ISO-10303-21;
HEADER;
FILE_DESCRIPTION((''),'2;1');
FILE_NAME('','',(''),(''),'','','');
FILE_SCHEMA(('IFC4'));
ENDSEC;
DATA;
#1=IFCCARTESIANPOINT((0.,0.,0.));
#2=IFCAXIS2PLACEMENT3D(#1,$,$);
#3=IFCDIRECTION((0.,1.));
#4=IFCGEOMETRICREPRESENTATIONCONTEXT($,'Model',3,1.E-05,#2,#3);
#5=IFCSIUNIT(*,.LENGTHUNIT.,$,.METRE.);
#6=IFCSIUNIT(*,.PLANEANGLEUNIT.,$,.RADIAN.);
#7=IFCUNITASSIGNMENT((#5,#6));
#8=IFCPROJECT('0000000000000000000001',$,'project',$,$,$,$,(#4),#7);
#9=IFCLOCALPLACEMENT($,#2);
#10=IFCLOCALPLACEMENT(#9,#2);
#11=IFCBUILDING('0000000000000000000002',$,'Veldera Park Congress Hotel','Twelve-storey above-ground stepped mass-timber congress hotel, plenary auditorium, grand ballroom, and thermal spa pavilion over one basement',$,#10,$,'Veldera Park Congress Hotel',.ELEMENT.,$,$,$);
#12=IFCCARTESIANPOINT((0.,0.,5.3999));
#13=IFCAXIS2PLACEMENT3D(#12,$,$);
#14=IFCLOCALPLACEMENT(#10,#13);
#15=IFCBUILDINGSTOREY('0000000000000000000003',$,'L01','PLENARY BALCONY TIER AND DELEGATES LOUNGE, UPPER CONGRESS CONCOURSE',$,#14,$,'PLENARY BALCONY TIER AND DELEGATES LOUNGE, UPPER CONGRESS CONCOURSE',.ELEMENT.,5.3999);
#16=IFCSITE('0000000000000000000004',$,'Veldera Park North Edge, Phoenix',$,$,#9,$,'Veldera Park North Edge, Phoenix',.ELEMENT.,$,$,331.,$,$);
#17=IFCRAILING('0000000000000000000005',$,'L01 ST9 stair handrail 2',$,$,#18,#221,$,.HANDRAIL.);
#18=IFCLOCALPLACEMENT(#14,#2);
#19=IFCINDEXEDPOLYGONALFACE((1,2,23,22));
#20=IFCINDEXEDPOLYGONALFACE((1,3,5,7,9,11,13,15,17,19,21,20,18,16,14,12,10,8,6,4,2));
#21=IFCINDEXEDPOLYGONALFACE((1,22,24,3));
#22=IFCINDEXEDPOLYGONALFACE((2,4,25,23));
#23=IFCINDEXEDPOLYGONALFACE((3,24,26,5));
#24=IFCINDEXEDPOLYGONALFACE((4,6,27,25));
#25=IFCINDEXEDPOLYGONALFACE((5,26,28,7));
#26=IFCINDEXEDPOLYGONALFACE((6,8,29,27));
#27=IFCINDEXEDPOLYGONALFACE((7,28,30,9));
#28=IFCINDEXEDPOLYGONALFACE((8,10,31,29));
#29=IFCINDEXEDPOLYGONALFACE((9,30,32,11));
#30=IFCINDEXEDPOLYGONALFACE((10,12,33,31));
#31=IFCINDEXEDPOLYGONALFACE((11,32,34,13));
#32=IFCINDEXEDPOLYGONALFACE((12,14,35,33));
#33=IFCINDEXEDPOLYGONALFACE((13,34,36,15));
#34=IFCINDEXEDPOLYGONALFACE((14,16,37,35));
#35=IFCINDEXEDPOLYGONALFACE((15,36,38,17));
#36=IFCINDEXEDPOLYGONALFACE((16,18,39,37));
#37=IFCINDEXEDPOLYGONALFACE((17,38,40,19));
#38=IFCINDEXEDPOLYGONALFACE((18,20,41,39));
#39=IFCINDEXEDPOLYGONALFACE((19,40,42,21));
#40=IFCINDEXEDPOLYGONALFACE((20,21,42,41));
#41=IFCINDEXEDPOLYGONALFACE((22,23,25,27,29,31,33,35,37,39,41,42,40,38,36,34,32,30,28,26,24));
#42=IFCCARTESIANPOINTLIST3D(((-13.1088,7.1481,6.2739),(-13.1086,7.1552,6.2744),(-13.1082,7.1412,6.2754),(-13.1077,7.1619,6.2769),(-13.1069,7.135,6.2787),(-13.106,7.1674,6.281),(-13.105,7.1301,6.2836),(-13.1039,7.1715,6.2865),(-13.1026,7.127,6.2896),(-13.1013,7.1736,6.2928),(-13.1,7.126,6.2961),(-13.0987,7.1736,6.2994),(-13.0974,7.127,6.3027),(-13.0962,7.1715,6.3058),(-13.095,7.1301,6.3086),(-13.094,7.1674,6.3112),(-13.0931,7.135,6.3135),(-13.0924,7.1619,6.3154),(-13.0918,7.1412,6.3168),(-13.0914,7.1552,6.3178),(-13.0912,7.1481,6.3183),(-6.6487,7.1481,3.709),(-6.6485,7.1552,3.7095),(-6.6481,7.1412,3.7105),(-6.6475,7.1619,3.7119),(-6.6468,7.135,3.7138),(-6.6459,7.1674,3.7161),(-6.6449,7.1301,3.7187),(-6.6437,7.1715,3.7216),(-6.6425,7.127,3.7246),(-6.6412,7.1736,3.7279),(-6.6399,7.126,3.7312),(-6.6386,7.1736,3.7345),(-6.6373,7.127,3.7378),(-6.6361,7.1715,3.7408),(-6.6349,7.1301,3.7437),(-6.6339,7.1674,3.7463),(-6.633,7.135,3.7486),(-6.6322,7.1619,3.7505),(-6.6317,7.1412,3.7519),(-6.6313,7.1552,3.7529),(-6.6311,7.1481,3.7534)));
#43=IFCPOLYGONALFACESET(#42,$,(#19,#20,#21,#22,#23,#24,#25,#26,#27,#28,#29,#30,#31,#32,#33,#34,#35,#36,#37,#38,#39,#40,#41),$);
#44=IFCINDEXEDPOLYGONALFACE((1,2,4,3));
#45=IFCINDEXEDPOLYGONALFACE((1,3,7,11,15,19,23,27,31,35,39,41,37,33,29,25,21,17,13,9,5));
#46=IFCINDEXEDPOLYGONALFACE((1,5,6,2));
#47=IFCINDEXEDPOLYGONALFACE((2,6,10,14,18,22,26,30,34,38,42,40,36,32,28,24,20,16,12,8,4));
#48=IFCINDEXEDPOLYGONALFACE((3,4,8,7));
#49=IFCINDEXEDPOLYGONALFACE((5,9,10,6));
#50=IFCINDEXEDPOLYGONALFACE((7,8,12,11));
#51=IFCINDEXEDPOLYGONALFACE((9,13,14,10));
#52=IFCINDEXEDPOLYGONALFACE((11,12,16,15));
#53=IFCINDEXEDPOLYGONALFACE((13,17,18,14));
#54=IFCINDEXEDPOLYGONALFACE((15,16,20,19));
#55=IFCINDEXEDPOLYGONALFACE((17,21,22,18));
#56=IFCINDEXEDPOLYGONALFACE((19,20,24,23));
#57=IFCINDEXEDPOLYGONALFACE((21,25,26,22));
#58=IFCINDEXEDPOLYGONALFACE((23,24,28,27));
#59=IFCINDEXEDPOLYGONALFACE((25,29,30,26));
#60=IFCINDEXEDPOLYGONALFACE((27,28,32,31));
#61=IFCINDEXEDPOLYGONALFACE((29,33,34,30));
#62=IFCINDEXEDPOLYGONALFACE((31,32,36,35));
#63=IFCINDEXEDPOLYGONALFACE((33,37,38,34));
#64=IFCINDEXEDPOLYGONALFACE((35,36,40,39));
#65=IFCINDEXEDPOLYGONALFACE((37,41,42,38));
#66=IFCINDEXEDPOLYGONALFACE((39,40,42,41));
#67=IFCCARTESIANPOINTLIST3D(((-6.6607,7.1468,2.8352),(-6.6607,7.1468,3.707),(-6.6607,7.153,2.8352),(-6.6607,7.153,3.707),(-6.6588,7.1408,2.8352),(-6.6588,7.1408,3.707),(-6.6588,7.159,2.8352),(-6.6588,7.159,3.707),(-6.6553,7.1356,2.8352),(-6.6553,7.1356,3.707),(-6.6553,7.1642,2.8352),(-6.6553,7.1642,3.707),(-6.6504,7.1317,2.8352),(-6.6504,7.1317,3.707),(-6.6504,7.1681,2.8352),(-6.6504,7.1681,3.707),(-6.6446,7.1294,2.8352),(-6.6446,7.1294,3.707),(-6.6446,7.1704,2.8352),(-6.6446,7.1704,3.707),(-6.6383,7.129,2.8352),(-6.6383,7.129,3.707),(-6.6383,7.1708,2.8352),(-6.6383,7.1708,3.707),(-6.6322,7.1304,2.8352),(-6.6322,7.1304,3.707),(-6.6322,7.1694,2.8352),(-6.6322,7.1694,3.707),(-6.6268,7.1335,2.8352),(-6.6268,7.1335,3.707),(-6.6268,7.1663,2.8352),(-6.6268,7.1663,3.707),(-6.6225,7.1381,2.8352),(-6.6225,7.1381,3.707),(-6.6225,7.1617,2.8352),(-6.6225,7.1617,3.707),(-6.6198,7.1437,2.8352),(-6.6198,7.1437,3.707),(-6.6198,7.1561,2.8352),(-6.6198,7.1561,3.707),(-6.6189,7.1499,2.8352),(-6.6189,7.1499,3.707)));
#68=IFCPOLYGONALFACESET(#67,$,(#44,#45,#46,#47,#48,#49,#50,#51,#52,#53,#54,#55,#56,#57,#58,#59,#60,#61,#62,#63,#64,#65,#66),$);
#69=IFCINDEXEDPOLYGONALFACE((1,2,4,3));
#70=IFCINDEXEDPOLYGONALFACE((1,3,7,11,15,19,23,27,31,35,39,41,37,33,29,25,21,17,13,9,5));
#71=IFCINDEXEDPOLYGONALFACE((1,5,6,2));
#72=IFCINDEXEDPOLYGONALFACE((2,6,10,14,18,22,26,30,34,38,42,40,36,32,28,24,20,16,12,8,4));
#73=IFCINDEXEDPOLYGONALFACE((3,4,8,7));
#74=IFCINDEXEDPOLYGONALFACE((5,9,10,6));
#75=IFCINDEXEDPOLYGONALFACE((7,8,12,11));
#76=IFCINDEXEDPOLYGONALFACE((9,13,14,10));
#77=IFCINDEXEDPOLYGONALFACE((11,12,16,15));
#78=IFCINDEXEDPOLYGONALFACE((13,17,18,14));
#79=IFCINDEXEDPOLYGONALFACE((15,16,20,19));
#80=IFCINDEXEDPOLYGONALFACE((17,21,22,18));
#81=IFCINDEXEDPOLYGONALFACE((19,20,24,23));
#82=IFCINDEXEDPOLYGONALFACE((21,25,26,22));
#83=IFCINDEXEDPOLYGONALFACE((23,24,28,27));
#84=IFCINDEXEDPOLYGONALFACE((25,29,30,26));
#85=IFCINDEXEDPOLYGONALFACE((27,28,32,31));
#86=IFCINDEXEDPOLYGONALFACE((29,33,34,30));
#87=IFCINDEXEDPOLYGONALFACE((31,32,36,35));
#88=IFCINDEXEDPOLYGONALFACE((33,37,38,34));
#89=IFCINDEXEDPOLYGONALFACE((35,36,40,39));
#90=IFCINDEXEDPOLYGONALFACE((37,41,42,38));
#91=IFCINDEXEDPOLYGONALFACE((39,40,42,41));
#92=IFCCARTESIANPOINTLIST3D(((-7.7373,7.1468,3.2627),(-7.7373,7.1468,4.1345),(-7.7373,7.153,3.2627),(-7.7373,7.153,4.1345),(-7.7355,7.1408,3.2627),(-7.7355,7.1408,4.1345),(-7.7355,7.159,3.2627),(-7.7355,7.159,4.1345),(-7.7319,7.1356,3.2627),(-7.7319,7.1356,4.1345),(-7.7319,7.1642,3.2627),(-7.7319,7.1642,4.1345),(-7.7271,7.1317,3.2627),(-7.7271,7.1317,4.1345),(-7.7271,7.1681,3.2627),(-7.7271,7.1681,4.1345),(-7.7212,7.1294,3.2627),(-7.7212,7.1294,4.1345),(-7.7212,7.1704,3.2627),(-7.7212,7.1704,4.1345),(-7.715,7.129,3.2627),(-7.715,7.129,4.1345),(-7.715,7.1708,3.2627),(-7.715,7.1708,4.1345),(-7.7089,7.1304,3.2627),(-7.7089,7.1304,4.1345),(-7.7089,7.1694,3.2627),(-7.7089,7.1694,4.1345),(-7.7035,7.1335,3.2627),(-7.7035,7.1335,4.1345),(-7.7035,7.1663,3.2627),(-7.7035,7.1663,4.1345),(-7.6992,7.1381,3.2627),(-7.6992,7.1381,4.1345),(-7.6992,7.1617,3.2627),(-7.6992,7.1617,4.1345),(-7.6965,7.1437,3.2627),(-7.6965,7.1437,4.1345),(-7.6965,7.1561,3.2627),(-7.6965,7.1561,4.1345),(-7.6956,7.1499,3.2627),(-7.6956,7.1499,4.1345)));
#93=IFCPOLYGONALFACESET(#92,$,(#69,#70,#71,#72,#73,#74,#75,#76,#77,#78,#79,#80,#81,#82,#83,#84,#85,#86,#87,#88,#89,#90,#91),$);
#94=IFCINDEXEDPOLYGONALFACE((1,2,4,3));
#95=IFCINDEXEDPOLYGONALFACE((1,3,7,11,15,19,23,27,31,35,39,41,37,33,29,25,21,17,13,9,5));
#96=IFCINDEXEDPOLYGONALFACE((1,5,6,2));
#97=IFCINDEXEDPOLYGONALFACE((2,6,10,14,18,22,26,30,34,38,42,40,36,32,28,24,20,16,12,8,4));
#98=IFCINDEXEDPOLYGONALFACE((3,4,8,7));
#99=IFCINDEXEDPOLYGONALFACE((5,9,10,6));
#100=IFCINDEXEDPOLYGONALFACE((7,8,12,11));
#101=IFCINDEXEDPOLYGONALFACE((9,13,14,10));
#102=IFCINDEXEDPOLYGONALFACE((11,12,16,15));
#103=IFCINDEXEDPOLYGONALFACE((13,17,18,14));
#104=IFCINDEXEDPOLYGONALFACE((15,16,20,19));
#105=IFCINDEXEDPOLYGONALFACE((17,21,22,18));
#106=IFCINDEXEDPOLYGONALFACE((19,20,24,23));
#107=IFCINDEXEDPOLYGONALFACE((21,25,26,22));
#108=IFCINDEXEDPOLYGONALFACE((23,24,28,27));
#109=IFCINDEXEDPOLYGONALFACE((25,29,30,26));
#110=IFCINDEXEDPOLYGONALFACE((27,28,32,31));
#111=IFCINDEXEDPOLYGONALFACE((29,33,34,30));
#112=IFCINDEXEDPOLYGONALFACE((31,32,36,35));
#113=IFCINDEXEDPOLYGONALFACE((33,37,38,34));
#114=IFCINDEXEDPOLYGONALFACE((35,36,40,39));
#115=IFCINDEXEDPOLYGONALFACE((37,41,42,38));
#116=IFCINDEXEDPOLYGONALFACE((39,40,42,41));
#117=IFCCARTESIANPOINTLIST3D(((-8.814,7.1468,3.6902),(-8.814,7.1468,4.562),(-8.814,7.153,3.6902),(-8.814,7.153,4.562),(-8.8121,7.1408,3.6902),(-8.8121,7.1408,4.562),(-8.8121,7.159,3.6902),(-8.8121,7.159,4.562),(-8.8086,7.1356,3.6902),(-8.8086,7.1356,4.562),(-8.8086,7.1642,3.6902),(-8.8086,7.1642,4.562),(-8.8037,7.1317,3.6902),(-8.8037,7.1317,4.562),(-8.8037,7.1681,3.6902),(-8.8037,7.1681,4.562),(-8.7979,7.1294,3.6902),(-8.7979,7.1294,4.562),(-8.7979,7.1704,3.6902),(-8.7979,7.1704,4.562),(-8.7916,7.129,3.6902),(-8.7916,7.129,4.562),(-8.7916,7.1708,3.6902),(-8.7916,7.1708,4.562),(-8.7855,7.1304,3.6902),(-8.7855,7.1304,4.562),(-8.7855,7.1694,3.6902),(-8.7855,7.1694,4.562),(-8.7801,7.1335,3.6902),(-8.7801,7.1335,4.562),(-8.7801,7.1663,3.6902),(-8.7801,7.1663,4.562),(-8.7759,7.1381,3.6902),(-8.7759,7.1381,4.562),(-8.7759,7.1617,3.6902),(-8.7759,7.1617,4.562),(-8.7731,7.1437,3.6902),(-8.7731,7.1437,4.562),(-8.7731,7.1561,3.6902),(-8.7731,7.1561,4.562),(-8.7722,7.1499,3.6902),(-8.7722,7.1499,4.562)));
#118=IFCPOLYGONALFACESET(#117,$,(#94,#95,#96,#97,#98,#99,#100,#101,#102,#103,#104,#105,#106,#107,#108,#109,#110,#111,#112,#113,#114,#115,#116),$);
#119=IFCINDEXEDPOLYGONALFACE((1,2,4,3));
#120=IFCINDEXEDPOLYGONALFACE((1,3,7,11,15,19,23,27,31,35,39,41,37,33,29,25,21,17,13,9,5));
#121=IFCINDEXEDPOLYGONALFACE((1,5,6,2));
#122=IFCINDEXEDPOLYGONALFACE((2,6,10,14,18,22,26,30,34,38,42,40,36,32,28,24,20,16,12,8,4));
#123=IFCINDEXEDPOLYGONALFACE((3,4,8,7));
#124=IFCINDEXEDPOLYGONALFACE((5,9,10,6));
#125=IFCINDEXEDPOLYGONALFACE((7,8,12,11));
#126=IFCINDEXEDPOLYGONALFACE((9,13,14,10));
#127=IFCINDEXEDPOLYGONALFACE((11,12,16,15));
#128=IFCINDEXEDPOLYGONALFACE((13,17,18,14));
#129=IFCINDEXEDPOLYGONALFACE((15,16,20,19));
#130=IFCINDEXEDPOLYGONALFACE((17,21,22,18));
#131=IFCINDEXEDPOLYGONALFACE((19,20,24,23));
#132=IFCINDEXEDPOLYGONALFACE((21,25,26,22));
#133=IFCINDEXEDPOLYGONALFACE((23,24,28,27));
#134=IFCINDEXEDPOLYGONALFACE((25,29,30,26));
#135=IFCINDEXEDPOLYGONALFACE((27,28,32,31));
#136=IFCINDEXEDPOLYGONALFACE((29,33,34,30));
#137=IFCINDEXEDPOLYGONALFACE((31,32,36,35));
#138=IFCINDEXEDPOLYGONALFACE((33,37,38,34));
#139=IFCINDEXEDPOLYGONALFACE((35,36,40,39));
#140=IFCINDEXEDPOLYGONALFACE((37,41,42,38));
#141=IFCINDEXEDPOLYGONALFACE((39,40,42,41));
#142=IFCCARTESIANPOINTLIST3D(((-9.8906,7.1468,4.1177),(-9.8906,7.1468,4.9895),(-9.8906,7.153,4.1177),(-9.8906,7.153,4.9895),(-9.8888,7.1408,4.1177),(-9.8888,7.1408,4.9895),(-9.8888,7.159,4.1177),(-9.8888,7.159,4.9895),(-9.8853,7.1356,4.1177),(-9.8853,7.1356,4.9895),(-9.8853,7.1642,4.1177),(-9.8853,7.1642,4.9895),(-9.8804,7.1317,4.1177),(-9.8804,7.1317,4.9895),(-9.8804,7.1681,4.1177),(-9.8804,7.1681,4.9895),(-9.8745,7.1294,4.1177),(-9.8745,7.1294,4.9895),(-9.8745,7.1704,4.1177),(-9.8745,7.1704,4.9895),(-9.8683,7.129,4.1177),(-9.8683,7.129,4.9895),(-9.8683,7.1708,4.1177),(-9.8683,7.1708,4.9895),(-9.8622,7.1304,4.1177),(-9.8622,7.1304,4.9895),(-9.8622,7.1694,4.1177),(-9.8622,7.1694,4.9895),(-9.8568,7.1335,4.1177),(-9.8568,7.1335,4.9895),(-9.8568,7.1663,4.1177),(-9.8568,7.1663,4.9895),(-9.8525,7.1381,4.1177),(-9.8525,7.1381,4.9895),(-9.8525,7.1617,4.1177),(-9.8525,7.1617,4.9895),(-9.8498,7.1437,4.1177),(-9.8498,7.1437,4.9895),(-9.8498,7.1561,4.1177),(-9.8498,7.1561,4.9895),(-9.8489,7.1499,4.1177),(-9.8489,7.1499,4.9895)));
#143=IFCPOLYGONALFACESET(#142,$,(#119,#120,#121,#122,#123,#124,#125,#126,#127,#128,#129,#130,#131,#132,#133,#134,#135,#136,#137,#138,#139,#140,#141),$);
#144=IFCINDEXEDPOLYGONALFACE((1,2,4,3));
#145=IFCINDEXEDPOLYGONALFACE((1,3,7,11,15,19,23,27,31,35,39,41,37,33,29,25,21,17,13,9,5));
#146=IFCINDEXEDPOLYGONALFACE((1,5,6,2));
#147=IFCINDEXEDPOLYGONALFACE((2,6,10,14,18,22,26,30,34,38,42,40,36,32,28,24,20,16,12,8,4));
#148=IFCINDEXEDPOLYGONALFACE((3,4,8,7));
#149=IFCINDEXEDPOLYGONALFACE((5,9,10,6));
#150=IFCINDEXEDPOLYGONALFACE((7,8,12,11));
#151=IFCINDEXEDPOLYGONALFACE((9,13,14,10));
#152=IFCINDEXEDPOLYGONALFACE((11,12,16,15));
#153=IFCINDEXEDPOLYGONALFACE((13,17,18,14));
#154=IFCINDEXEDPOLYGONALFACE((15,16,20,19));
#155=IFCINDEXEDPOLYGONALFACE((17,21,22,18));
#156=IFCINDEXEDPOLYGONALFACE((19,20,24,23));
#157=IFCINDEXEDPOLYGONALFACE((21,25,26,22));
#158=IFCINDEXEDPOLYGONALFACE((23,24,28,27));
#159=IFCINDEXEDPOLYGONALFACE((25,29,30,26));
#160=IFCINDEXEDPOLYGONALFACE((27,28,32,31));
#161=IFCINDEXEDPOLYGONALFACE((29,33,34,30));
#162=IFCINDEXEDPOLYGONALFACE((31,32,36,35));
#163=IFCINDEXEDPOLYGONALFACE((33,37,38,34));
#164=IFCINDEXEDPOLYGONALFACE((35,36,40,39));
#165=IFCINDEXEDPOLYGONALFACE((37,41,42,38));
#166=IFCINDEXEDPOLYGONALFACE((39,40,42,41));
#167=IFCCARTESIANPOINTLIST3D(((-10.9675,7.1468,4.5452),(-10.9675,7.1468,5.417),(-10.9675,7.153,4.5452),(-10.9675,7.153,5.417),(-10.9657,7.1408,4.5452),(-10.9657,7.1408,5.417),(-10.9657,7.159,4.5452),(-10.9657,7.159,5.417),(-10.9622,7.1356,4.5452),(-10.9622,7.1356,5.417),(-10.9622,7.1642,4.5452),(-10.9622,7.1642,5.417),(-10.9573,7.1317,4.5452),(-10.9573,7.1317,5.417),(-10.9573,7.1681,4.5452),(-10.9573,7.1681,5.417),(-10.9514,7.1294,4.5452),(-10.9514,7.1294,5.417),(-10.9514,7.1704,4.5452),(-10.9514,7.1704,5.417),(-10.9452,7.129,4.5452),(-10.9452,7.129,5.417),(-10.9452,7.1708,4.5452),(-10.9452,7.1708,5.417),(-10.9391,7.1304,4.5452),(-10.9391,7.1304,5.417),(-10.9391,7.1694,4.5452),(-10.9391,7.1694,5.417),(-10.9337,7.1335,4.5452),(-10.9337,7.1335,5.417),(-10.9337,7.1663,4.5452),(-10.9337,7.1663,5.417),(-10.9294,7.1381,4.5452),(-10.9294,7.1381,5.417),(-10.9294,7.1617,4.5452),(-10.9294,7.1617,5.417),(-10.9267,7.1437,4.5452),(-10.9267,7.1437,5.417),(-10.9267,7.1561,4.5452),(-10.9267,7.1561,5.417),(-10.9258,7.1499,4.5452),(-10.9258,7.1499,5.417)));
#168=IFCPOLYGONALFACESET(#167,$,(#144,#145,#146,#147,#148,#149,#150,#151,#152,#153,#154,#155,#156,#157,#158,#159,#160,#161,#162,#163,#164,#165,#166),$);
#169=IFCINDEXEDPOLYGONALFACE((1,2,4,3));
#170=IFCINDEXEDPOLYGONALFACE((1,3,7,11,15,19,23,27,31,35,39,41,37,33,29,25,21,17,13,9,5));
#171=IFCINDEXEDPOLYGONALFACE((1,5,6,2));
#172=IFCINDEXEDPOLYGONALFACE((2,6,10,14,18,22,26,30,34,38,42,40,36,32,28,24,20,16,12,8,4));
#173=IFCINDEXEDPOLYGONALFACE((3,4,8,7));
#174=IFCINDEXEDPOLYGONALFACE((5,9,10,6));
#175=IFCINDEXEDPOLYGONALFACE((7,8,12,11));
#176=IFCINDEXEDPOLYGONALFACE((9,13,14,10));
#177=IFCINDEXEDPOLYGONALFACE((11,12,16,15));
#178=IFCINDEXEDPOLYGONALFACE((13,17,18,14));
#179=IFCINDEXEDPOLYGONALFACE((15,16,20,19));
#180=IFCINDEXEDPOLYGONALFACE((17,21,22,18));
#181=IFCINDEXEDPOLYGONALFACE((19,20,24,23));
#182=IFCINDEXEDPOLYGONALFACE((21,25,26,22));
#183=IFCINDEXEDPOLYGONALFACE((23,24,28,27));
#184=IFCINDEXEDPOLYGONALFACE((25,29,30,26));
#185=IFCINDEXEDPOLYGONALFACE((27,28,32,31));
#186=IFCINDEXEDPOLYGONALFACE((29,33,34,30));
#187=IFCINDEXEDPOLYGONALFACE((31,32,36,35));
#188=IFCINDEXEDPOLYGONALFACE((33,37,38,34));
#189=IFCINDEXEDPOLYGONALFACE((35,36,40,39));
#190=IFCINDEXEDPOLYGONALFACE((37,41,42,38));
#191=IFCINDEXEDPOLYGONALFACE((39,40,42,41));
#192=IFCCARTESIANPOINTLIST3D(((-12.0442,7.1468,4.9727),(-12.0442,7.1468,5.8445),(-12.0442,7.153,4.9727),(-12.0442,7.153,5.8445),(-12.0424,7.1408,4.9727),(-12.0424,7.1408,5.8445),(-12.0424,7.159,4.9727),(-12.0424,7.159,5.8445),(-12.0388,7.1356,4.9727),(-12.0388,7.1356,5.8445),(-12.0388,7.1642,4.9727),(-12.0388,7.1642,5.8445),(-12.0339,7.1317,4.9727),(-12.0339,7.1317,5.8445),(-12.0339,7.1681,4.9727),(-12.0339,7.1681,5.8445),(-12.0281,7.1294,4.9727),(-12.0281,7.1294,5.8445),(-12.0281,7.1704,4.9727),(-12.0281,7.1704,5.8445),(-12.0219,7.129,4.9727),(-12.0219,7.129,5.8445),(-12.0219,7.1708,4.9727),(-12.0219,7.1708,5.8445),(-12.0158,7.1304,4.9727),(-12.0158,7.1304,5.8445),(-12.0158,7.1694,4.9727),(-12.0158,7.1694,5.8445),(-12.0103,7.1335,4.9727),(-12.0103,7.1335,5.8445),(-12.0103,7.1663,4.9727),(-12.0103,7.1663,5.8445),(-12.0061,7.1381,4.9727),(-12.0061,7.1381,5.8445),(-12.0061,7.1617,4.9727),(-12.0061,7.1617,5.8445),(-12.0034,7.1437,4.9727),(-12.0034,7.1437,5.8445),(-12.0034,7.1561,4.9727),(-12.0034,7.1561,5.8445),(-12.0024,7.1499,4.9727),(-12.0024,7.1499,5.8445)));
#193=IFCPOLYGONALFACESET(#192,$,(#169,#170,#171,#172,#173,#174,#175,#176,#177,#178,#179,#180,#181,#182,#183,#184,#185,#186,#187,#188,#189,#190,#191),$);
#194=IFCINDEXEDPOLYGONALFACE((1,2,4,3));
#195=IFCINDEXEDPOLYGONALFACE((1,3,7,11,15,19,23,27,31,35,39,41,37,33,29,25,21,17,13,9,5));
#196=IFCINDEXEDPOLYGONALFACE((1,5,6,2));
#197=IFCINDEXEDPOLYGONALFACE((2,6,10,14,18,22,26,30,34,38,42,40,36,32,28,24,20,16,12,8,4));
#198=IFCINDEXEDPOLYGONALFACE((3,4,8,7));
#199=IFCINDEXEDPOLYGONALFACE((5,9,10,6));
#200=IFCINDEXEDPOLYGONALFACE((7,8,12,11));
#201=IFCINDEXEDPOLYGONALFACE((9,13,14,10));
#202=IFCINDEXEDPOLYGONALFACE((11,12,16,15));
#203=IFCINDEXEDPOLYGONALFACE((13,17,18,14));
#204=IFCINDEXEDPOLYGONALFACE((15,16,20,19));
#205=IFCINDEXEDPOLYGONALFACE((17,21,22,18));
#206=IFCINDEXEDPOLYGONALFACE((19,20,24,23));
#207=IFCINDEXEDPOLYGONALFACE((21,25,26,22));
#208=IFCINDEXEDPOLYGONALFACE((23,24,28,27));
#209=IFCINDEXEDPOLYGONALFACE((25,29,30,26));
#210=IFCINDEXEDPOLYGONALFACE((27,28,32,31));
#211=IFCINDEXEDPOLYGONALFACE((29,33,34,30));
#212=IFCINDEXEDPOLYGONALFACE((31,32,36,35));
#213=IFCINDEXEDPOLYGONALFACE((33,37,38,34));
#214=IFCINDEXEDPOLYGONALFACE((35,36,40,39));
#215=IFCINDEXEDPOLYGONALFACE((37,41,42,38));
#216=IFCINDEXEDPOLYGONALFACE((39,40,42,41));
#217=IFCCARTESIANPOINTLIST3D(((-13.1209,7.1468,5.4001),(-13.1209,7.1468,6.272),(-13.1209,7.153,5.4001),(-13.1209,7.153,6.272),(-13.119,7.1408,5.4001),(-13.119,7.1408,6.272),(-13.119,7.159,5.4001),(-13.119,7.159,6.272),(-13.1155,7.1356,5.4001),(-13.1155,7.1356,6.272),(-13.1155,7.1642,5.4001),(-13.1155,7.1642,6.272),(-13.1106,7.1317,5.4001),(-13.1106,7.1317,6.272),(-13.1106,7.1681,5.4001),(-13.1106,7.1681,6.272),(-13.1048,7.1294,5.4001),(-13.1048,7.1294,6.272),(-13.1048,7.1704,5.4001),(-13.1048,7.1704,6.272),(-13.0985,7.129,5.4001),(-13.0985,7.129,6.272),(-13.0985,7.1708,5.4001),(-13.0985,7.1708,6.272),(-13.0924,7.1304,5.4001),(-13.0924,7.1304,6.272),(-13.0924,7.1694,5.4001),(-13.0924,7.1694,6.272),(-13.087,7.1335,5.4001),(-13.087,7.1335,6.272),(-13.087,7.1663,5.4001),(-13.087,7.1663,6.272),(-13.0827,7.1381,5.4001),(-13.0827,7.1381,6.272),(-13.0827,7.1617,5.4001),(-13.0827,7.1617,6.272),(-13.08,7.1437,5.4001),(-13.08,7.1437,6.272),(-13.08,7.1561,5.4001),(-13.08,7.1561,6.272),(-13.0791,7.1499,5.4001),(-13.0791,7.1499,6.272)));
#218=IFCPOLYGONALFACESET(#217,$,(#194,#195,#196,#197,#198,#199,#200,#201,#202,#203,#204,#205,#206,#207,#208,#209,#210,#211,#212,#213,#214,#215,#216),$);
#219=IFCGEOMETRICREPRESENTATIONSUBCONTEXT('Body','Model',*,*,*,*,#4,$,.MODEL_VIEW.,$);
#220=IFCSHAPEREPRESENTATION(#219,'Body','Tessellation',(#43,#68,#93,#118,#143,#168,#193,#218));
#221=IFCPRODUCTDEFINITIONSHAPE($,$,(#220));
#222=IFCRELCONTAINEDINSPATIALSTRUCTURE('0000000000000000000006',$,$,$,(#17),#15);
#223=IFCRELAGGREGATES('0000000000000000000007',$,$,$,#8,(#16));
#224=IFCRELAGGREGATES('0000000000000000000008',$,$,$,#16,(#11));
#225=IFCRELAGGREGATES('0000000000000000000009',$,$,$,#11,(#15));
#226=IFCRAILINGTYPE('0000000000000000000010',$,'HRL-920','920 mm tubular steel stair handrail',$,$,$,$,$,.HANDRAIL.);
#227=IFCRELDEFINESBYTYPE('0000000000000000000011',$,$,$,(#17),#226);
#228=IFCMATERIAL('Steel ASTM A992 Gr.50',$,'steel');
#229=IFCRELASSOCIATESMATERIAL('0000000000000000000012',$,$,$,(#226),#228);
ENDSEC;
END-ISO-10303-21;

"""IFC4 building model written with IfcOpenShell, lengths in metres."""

from ifc_helpers import new_model, si_unit, direction, frame, origin, origin_2d, place, context, subcontext, project, spatial, circle, extrude, material, type_object, element, save


model = new_model("IFC4")

# Units and contexts
model_context = context("Model", 3, precision=1e-05, world=origin(), true_north=direction((0.0, 1.0)))
body_context = subcontext(model_context, "Body", "Model", "MODEL_VIEW")
ifc_project = project(units=[si_unit("LENGTHUNIT", "METRE"), si_unit("PLANEANGLEUNIT", "RADIAN")], contexts=[model_context])

# Site, building, storey
site_placement = place(None, origin())
site = spatial("IfcSite", under=ifc_project, at=site_placement, Name="Veldera Park North Edge, Phoenix", LongName="Veldera Park North Edge, Phoenix", CompositionType="ELEMENT", RefElevation=331.0)
building_placement = place(site_placement, origin())
building = spatial("IfcBuilding", under=site, at=building_placement, Name="Veldera Park Congress Hotel", Description="Twelve-storey above-ground stepped mass-timber congress hotel, plenary auditorium, grand ballroom, and thermal spa pavilion over one basement", LongName="Veldera Park Congress Hotel", CompositionType="ELEMENT")
storey_placement = place(building_placement, frame((0.0, 0.0, 5.3999)))
storey = spatial("IfcBuildingStorey", under=building, at=storey_placement, Name="L01", Description="PLENARY BALCONY TIER AND DELEGATES LOUNGE, UPPER CONGRESS CONCOURSE", LongName="PLENARY BALCONY TIER AND DELEGATES LOUNGE, UPPER CONGRESS CONCOURSE", CompositionType="ELEMENT", Elevation=5.3999)

# Shared definitions
ifc_material_1 = material(Name="Steel ASTM A992 Gr.50", Category="steel")

# Railing
railing_type_1 = type_object("IfcRailingType", Name="HRL-920", Description="920 mm tubular steel stair handrail", PredefinedType="HANDRAIL", material=ifc_material_1)
railing_1_placement = place(storey_placement, frame((-6.6399, 7.1499, 2.8352)))
element("IfcRailing", 1, at=railing_1_placement, inside=storey, type_object=railing_type_1, Name="L01 ST9 stair handrail 2", PredefinedType="HANDRAIL", context=body_context, shape_type="SweptSolid", body=[
    extrude(circle(Radius=0.0239, at=origin_2d()), frame((0.0, 0.0, 0.896), z_axis=(-0.929423, 0.0, 0.369016), x_axis=(0.0, -1.0, 0.0)), (0.0, 0.0, 1.0), 6.9507),
    extrude(circle(Radius=0.021, at=origin_2d()), origin(), (0.0, 0.0, 1.0), 0.8718),
    extrude(circle(Radius=0.021, at=origin_2d()), frame((-1.0767, 0.0, 0.4275)), (0.0, 0.0, 1.0), 0.8718),
    extrude(circle(Radius=0.021, at=origin_2d()), frame((-2.1533, 0.0, 0.855)), (0.0, 0.0, 1.0), 0.8718),
    extrude(circle(Radius=0.021, at=origin_2d()), frame((-3.23, 0.0, 1.2825)), (0.0, 0.0, 1.0), 0.8718),
    extrude(circle(Radius=0.021, at=origin_2d()), frame((-4.3069, 0.0, 1.71)), (0.0, 0.0, 1.0), 0.8718),
    extrude(circle(Radius=0.021, at=origin_2d()), frame((-5.3835, 0.0, 2.1375)), (0.0, 0.0, 1.0), 0.8718),
    extrude(circle(Radius=0.021, at=origin_2d()), frame((-6.4602, 0.0, 2.5649)), (0.0, 0.0, 1.0), 0.8718),
])

save(model, "model.ifc")
